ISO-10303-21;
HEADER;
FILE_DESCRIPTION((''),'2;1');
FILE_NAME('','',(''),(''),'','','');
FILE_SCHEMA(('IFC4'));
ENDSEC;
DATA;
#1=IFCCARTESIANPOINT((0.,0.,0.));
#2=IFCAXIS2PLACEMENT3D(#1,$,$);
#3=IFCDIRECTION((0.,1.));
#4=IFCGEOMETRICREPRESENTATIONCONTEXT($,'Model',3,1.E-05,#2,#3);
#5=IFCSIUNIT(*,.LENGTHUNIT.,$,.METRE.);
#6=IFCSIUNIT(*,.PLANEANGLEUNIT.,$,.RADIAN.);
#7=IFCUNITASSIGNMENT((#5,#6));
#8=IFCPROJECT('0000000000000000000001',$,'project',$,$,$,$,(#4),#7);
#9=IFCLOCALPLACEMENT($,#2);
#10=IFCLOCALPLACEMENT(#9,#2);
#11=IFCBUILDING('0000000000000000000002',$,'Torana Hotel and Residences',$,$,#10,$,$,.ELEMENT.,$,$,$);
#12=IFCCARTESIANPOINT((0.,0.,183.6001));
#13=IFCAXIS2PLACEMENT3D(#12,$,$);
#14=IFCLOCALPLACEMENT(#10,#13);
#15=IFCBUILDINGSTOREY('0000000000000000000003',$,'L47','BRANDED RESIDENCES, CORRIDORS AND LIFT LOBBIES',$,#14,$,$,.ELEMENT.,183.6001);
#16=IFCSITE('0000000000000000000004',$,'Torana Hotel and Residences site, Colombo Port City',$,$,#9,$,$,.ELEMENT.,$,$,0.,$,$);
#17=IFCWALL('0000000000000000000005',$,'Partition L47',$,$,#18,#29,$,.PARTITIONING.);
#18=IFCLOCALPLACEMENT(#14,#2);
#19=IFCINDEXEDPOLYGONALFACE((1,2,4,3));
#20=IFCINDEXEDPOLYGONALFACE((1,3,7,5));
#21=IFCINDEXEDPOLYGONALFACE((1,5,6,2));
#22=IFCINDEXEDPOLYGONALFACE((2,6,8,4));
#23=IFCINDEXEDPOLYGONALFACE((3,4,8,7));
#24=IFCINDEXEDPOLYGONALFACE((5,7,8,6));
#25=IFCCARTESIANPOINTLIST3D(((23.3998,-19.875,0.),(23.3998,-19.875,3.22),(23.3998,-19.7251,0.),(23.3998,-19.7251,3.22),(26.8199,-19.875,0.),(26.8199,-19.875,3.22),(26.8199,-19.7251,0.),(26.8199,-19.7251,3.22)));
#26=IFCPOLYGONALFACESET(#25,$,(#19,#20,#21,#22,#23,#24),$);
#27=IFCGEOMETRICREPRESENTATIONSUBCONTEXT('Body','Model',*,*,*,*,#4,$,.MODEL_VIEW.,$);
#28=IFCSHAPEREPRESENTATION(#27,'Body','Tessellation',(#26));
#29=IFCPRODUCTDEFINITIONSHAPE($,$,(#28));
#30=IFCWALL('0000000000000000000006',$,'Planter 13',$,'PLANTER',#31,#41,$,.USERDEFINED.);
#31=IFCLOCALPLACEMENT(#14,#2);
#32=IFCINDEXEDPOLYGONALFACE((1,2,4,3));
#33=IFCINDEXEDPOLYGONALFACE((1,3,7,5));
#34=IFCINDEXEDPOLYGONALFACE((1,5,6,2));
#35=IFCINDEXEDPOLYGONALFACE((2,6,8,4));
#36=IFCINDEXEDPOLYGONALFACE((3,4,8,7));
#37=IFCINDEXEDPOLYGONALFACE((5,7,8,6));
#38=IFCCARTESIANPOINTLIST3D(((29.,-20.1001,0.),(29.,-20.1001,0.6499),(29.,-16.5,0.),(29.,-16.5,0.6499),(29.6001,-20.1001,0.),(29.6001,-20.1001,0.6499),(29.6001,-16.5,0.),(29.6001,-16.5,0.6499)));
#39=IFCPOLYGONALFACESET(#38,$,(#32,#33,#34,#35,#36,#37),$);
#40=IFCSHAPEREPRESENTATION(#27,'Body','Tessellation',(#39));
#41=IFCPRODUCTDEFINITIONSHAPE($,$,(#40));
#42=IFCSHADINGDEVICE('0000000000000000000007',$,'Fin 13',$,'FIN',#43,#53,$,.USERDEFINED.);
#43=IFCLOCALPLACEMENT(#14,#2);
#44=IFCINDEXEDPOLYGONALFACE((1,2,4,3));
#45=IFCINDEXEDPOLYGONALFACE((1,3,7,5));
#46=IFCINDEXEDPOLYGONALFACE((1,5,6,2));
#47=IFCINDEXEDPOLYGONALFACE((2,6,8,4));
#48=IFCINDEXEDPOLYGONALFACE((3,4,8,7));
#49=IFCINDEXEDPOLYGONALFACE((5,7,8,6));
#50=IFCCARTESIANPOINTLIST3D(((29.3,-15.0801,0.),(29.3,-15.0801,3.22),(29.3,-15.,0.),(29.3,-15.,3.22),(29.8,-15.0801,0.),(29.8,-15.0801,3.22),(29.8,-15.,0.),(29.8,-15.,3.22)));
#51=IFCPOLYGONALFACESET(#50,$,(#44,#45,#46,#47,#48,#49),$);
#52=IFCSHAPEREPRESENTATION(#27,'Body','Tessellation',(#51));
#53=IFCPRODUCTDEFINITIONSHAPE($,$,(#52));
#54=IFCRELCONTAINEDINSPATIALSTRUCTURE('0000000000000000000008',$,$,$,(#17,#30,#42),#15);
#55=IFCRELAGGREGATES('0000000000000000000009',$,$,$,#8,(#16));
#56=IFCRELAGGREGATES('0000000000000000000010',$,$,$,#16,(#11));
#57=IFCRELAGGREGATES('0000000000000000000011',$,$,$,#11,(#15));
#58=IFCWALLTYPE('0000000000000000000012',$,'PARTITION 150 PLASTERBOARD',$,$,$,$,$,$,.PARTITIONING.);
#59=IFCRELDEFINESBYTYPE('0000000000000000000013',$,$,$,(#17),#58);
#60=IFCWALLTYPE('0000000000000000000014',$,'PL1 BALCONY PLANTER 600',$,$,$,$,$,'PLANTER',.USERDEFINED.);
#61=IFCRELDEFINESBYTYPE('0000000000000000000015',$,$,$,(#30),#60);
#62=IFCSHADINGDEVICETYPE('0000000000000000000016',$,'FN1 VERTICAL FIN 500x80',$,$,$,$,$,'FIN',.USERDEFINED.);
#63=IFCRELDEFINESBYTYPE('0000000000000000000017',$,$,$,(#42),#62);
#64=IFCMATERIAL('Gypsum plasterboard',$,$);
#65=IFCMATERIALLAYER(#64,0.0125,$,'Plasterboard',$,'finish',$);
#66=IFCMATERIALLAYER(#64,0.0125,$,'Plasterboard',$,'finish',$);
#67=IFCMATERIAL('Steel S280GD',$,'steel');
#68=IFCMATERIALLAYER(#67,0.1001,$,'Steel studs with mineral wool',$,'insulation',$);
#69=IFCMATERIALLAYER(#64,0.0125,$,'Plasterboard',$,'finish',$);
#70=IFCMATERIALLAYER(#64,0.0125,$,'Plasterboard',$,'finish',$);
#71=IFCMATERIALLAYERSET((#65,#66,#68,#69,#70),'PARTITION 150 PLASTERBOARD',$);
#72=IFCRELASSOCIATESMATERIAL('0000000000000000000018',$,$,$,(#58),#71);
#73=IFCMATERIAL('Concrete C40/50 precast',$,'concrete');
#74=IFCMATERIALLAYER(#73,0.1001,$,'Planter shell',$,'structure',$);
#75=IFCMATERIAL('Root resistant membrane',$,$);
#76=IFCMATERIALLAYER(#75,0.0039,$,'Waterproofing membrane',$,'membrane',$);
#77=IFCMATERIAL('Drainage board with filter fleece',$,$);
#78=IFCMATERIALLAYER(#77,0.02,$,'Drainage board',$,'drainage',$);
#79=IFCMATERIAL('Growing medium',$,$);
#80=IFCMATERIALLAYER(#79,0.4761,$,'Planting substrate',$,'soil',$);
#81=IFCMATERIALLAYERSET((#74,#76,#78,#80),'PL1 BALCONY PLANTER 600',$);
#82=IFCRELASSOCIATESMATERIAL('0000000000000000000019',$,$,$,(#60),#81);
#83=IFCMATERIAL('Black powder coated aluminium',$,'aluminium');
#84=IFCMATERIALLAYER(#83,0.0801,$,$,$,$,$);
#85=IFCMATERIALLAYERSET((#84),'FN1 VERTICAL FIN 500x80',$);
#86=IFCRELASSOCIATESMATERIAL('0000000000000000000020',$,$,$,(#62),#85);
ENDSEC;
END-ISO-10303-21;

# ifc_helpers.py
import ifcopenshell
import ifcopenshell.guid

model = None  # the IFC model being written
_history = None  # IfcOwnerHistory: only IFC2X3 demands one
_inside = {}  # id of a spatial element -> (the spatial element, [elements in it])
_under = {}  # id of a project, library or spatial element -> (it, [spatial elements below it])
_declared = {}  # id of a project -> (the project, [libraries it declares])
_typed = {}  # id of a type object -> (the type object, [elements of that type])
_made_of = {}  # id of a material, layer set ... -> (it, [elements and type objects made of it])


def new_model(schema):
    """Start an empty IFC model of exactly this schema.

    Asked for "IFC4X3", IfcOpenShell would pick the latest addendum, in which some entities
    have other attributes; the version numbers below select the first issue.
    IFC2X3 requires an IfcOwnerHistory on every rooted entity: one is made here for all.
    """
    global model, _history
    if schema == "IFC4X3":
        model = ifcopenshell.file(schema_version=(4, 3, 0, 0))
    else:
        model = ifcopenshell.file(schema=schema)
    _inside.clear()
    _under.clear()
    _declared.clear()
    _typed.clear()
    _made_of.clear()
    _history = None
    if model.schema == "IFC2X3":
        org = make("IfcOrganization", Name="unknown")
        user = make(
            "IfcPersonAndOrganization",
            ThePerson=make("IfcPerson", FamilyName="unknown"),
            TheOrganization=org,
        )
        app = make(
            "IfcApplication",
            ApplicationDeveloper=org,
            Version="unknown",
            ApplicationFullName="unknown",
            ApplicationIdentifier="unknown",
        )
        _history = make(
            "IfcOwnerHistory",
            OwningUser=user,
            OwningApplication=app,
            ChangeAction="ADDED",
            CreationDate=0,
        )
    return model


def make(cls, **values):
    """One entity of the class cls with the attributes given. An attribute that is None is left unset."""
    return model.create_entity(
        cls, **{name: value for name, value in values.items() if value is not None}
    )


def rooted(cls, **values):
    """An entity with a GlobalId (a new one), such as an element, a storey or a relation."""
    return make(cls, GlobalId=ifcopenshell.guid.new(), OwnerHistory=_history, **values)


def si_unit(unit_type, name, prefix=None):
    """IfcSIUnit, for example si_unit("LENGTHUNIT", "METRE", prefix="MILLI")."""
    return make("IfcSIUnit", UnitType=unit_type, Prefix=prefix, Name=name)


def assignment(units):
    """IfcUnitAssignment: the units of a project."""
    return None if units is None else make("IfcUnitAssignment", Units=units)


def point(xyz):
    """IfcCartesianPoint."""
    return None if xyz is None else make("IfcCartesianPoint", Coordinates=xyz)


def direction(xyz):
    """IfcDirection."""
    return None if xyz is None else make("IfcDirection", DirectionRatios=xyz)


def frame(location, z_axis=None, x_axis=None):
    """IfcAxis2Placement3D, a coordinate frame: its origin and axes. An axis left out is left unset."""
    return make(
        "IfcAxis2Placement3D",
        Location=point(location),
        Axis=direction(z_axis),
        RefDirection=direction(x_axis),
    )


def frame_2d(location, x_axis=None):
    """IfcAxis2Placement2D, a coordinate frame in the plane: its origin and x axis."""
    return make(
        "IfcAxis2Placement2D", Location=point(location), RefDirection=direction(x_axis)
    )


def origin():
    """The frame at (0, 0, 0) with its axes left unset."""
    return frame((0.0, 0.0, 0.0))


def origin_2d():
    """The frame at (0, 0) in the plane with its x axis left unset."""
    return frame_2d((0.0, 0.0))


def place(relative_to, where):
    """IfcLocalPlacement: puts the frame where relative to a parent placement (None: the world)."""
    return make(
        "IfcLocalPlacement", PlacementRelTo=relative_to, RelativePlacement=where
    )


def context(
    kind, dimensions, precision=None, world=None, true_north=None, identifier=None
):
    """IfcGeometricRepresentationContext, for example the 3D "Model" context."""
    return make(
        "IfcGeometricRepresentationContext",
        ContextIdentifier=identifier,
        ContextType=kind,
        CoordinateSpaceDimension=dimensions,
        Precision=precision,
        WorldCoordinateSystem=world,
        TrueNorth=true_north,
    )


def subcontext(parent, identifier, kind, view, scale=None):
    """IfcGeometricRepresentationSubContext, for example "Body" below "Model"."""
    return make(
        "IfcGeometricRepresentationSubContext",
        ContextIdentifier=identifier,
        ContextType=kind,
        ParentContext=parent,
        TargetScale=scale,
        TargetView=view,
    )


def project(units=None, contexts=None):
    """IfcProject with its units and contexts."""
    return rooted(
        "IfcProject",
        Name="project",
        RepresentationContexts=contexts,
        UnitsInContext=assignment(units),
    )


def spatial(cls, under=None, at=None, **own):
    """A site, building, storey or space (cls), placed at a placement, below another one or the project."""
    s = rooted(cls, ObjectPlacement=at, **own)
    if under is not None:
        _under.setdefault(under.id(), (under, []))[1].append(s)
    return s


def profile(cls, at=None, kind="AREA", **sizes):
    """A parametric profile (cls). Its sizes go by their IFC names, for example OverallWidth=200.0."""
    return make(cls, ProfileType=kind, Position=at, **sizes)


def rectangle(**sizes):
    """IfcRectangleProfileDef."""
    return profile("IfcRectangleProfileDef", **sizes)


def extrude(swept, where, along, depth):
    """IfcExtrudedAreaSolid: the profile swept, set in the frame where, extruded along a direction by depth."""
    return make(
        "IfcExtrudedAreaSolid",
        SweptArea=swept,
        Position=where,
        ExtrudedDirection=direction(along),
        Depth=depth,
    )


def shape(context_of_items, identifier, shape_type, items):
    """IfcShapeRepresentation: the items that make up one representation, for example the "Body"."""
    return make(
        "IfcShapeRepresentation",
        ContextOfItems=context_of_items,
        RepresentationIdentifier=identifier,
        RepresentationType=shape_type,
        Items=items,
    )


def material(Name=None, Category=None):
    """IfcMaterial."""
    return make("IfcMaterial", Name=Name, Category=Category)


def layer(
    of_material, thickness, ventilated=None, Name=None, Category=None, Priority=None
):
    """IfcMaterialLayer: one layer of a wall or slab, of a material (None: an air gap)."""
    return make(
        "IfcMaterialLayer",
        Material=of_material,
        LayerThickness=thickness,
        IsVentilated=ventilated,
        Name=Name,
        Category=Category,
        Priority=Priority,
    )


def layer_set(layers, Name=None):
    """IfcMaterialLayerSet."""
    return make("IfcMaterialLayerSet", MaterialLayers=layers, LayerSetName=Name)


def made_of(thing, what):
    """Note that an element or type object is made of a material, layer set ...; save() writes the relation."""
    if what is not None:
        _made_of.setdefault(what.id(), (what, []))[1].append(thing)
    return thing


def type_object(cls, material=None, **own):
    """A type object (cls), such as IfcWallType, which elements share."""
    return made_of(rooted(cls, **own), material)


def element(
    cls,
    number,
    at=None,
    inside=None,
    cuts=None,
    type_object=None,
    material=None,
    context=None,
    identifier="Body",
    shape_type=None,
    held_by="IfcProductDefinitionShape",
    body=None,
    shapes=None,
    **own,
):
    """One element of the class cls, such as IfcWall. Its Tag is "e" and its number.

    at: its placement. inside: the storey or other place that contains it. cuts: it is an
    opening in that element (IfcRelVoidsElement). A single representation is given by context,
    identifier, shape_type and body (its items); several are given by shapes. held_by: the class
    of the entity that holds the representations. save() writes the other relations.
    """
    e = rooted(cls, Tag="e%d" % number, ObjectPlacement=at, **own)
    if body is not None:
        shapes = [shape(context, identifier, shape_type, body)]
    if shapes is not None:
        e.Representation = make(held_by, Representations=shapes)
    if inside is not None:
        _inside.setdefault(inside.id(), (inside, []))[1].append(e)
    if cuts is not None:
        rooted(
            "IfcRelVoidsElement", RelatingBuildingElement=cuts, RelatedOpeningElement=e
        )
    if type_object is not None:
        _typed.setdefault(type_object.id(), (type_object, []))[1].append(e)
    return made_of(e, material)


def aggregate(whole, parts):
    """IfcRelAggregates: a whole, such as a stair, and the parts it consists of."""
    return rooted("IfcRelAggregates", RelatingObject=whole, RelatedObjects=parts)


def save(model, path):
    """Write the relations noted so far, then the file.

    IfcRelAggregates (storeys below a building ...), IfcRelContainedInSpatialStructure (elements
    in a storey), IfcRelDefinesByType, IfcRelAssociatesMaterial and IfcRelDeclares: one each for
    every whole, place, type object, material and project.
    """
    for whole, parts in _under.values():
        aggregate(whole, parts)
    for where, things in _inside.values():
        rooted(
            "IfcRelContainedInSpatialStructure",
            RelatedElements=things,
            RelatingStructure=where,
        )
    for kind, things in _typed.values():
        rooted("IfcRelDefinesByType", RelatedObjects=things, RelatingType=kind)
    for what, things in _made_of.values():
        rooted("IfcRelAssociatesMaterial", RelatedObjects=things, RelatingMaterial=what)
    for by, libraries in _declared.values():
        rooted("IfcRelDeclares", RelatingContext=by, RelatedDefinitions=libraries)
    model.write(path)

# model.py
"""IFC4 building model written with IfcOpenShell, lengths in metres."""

from ifc_helpers import new_model, si_unit, direction, frame, frame_2d, origin, origin_2d, place, context, subcontext, project, spatial, rectangle, extrude, material, layer, layer_set, type_object, element, save


model = new_model("IFC4")

# Units and contexts
model_context = context("Model", 3, precision=1e-05, world=origin(), true_north=direction((0.0, 1.0)))
body_context = subcontext(model_context, "Body", "Model", "MODEL_VIEW")
ifc_project = project(units=[si_unit("LENGTHUNIT", "METRE"), si_unit("PLANEANGLEUNIT", "RADIAN")], contexts=[model_context])

# Site, building, storey
site_placement = place(None, origin())
site = spatial("IfcSite", under=ifc_project, at=site_placement, Name="Torana Hotel and Residences site, Colombo Port City", CompositionType="ELEMENT", RefElevation=0.0)
building_placement = place(site_placement, origin())
building = spatial("IfcBuilding", under=site, at=building_placement, Name="Torana Hotel and Residences", CompositionType="ELEMENT")
storey_placement = place(building_placement, frame((0.0, 0.0, 183.6001)))
storey = spatial("IfcBuildingStorey", under=building, at=storey_placement, Name="L47", Description="BRANDED RESIDENCES, CORRIDORS AND LIFT LOBBIES", CompositionType="ELEMENT", Elevation=183.6001)

# Walls
ifc_material_1 = material(Name="Gypsum plasterboard")
ifc_layer_1 = layer(ifc_material_1, 0.0125, Name="Plasterboard", Category="finish")
ifc_layer_2 = layer(ifc_material_1, 0.0125, Name="Plasterboard", Category="finish")
ifc_material_2 = material(Name="Steel S280GD", Category="steel")
ifc_layer_3 = layer(ifc_material_2, 0.1001, Name="Steel studs with mineral wool", Category="insulation")
ifc_layer_4 = layer(ifc_material_1, 0.0125, Name="Plasterboard", Category="finish")
ifc_layer_5 = layer(ifc_material_1, 0.0125, Name="Plasterboard", Category="finish")
ifc_layer_set_1 = layer_set([ifc_layer_1, ifc_layer_2, ifc_layer_3, ifc_layer_4, ifc_layer_5], Name="PARTITION 150 PLASTERBOARD")
wall_type_1 = type_object("IfcWallType", Name="PARTITION 150 PLASTERBOARD", PredefinedType="PARTITIONING", material=ifc_layer_set_1)
wall_1_placement = place(storey_placement, frame((23.3999, -19.8, 0.0), z_axis=(0.0, 0.0, 1.0), x_axis=(1.0, 0.0, 0.0)))
element("IfcWall", 1, at=wall_1_placement, inside=storey, type_object=wall_type_1, Name="Partition L47", PredefinedType="PARTITIONING", context=body_context, shape_type="SweptSolid", body=[
    extrude(rectangle(XDim=3.4202, YDim=0.1499, at=frame_2d((1.71, 0.0))), origin(), (0.0, 0.0, 1.0), 3.22),
])
ifc_material_3 = material(Name="Concrete C40/50 precast", Category="concrete")
ifc_layer_6 = layer(ifc_material_3, 0.1001, Name="Planter shell", Category="structure")
ifc_material_4 = material(Name="Root resistant membrane")
ifc_layer_7 = layer(ifc_material_4, 0.0039, Name="Waterproofing membrane", Category="membrane")
ifc_material_5 = material(Name="Drainage board with filter fleece")
ifc_layer_8 = layer(ifc_material_5, 0.02, Name="Drainage board", Category="drainage")
ifc_material_6 = material(Name="Growing medium")
ifc_layer_9 = layer(ifc_material_6, 0.4761, Name="Planting substrate", Category="soil")
ifc_layer_set_2 = layer_set([ifc_layer_6, ifc_layer_7, ifc_layer_8, ifc_layer_9], Name="PL1 BALCONY PLANTER 600")
wall_type_2 = type_object("IfcWallType", Name="PL1 BALCONY PLANTER 600", ElementType="PLANTER", PredefinedType="USERDEFINED", material=ifc_layer_set_2)
wall_2_placement = place(storey_placement, frame((29.3, -16.5, 0.0), z_axis=(0.0, 0.0, 1.0), x_axis=(0.0, -1.0, 0.0)))
element("IfcWall", 2, at=wall_2_placement, inside=storey, type_object=wall_type_2, Name="Planter 13", ObjectType="PLANTER", PredefinedType="USERDEFINED", context=body_context, shape_type="SweptSolid", body=[
    extrude(rectangle(XDim=3.6001, YDim=0.6001, at=frame_2d((1.8, 0.0))), origin(), (0.0, 0.0, 1.0), 0.6499),
])

# Shading device
ifc_material_7 = material(Name="Black powder coated aluminium", Category="aluminium")
ifc_layer_10 = layer(ifc_material_7, 0.0801)
ifc_layer_set_3 = layer_set([ifc_layer_10], Name="FN1 VERTICAL FIN 500x80")
shading_device_type = type_object("IfcShadingDeviceType", Name="FN1 VERTICAL FIN 500x80", ElementType="FIN", PredefinedType="USERDEFINED", material=ifc_layer_set_3)
shading_device_placement = place(storey_placement, frame((29.55, -15.04, 0.0), z_axis=(0.0, 0.0, 1.0), x_axis=(0.0, -1.0, 0.0)))
element("IfcShadingDevice", 3, at=shading_device_placement, inside=storey, type_object=shading_device_type, Name="Fin 13", ObjectType="FIN", PredefinedType="USERDEFINED", context=body_context, shape_type="SweptSolid", body=[
    extrude(rectangle(XDim=0.0801, YDim=0.5, at=origin_2d()), origin(), (0.0, 0.0, 1.0), 3.22),
])

save(model, "model.ifc")
